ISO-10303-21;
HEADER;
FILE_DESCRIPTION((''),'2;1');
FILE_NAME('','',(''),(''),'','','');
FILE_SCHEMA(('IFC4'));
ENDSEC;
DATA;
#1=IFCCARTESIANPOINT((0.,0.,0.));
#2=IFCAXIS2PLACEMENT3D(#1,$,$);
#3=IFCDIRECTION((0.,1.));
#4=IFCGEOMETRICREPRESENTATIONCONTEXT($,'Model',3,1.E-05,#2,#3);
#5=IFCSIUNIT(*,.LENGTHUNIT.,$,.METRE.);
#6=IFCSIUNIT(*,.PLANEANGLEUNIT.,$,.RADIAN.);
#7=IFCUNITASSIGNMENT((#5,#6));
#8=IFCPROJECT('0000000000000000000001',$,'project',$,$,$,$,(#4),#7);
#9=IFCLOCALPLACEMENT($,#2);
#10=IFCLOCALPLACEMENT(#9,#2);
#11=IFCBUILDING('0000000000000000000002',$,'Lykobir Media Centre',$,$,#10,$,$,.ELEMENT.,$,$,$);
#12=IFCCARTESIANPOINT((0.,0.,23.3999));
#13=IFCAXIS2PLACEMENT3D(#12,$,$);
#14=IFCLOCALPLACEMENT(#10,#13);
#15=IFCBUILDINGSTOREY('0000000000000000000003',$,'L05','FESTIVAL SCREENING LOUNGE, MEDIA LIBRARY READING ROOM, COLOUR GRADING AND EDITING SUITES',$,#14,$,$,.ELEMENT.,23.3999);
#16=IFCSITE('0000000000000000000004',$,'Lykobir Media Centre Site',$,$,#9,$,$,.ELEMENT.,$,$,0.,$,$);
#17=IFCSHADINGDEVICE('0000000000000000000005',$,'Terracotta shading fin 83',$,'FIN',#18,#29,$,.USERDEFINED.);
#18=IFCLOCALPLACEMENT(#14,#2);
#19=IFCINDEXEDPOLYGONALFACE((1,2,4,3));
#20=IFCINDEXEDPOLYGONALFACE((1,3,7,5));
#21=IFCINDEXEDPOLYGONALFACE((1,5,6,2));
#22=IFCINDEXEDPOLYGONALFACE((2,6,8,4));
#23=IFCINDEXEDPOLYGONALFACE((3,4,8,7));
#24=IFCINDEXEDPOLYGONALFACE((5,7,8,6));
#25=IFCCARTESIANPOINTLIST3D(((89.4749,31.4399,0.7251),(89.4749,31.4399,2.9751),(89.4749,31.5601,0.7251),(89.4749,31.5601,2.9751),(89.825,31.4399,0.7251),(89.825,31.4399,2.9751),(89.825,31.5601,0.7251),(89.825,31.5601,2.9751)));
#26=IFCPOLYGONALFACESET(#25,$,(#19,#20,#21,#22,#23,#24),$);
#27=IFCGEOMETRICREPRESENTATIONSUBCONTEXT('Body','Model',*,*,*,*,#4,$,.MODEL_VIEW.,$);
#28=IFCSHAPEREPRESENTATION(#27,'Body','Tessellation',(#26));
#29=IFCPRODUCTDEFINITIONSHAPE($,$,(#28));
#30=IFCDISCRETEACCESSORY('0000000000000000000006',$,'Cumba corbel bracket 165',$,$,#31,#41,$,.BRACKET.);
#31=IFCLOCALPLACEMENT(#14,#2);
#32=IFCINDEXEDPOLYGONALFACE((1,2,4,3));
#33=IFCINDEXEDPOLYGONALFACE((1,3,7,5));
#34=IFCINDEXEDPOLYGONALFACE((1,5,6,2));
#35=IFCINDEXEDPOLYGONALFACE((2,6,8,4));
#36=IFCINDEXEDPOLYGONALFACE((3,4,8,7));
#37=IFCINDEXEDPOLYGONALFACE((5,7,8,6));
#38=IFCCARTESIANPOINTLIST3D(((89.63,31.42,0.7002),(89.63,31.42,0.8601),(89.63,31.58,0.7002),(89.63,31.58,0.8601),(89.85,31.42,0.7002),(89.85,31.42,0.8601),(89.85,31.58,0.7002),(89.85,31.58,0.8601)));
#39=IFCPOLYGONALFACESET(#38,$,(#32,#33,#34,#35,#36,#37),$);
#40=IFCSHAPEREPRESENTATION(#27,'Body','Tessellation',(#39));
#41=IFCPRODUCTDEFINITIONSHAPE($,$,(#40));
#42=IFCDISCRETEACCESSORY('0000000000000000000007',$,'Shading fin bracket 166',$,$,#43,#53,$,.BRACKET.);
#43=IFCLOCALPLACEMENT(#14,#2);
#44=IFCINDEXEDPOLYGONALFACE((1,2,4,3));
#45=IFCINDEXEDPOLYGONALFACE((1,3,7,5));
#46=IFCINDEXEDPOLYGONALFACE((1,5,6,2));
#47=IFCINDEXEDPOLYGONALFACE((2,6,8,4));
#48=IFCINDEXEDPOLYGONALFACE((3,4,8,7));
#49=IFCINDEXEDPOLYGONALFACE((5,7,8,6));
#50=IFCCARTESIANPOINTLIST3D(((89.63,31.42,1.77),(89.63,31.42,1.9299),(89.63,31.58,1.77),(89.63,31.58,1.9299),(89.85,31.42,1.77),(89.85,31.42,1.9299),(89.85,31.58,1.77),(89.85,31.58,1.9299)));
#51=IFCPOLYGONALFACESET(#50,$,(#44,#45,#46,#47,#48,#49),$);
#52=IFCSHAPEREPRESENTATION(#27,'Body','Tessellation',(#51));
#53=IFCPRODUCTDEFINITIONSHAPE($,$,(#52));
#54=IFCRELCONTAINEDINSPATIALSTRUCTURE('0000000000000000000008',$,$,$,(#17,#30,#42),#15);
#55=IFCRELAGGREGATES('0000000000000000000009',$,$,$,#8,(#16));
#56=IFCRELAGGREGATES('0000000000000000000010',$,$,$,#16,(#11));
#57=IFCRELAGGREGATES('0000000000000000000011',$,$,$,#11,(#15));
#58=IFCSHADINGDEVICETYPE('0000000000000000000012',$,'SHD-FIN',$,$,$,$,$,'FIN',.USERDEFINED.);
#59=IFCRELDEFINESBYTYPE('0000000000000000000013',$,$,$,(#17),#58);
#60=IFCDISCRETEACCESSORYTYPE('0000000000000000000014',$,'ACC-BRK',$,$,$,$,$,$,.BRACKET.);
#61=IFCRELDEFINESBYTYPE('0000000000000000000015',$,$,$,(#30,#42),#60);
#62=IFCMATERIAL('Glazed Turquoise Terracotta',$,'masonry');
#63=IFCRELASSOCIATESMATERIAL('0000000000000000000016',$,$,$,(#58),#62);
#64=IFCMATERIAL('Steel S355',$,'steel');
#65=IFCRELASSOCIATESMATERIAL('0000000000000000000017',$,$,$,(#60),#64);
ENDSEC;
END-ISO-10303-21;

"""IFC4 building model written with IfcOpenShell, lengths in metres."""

from ifc_helpers import new_model, si_unit, direction, frame, origin, origin_2d, place, context, subcontext, project, spatial, rectangle, extrude, material, type_object, element, save


model = new_model("IFC4")

# Units and contexts
model_context = context("Model", 3, precision=1e-05, world=origin(), true_north=direction((0.0, 1.0)))
body_context = subcontext(model_context, "Body", "Model", "MODEL_VIEW")
ifc_project = project(units=[si_unit("LENGTHUNIT", "METRE"), si_unit("PLANEANGLEUNIT", "RADIAN")], contexts=[model_context])

# Site, building, storey
site_placement = place(None, origin())
site = spatial("IfcSite", under=ifc_project, at=site_placement, Name="Lykobir Media Centre Site", CompositionType="ELEMENT", RefElevation=0.0)
building_placement = place(site_placement, origin())
building = spatial("IfcBuilding", under=site, at=building_placement, Name="Lykobir Media Centre", CompositionType="ELEMENT")
storey_placement = place(building_placement, frame((0.0, 0.0, 23.3999)))
storey = spatial("IfcBuildingStorey", under=building, at=storey_placement, Name="L05", Description="FESTIVAL SCREENING LOUNGE, MEDIA LIBRARY READING ROOM, COLOUR GRADING AND EDITING SUITES", CompositionType="ELEMENT", Elevation=23.3999)

# Shared definitions
ifc_material_1 = material(Name="Steel S355", Category="steel")

# Shared definitions
ifc_material_2 = material(Name="Glazed Turquoise Terracotta", Category="masonry")

# Shading device
shading_device_type = type_object("IfcShadingDeviceType", Name="SHD-FIN", ElementType="FIN", PredefinedType="USERDEFINED", material=ifc_material_2)
shading_device_placement = place(storey_placement, frame((89.6499, 31.5, 0.7251), z_axis=(0.0, 0.0, 1.0), x_axis=(0.0, -1.0, 0.0)))
element("IfcShadingDevice", 1, at=shading_device_placement, inside=storey, type_object=shading_device_type, Name="Terracotta shading fin 83", ObjectType="FIN", PredefinedType="USERDEFINED", context=body_context, shape_type="SweptSolid", body=[
    extrude(rectangle(XDim=0.1201, YDim=0.3501, at=origin_2d()), origin(), (0.0, 0.0, 1.0), 2.25),
])

# Discrete accessories
discrete_accessory_type = type_object("IfcDiscreteAccessoryType", Name="ACC-BRK", PredefinedType="BRACKET", material=ifc_material_1)
for number, where, z_axis, x_axis, name in (
    (2, (89.74, 31.5, 0.7002), (0.0, 0.0, 1.0), (0.0, -1.0, 0.0), "Cumba corbel bracket 165"),
    (3, (89.74, 31.5, 1.77), (0.0, 0.0, 1.0), (0.0, -1.0, 0.0), "Shading fin bracket 166"),
):
    element("IfcDiscreteAccessory", number, at=place(storey_placement, frame(where, z_axis=z_axis, x_axis=x_axis)), inside=storey, type_object=discrete_accessory_type, Name=name, PredefinedType="BRACKET", context=body_context, shape_type="SweptSolid", body=[
        extrude(rectangle(XDim=0.1599, YDim=0.22, at=origin_2d()), origin(), (0.0, 0.0, 1.0), 0.1599),
    ])

save(model, "model.ifc")
